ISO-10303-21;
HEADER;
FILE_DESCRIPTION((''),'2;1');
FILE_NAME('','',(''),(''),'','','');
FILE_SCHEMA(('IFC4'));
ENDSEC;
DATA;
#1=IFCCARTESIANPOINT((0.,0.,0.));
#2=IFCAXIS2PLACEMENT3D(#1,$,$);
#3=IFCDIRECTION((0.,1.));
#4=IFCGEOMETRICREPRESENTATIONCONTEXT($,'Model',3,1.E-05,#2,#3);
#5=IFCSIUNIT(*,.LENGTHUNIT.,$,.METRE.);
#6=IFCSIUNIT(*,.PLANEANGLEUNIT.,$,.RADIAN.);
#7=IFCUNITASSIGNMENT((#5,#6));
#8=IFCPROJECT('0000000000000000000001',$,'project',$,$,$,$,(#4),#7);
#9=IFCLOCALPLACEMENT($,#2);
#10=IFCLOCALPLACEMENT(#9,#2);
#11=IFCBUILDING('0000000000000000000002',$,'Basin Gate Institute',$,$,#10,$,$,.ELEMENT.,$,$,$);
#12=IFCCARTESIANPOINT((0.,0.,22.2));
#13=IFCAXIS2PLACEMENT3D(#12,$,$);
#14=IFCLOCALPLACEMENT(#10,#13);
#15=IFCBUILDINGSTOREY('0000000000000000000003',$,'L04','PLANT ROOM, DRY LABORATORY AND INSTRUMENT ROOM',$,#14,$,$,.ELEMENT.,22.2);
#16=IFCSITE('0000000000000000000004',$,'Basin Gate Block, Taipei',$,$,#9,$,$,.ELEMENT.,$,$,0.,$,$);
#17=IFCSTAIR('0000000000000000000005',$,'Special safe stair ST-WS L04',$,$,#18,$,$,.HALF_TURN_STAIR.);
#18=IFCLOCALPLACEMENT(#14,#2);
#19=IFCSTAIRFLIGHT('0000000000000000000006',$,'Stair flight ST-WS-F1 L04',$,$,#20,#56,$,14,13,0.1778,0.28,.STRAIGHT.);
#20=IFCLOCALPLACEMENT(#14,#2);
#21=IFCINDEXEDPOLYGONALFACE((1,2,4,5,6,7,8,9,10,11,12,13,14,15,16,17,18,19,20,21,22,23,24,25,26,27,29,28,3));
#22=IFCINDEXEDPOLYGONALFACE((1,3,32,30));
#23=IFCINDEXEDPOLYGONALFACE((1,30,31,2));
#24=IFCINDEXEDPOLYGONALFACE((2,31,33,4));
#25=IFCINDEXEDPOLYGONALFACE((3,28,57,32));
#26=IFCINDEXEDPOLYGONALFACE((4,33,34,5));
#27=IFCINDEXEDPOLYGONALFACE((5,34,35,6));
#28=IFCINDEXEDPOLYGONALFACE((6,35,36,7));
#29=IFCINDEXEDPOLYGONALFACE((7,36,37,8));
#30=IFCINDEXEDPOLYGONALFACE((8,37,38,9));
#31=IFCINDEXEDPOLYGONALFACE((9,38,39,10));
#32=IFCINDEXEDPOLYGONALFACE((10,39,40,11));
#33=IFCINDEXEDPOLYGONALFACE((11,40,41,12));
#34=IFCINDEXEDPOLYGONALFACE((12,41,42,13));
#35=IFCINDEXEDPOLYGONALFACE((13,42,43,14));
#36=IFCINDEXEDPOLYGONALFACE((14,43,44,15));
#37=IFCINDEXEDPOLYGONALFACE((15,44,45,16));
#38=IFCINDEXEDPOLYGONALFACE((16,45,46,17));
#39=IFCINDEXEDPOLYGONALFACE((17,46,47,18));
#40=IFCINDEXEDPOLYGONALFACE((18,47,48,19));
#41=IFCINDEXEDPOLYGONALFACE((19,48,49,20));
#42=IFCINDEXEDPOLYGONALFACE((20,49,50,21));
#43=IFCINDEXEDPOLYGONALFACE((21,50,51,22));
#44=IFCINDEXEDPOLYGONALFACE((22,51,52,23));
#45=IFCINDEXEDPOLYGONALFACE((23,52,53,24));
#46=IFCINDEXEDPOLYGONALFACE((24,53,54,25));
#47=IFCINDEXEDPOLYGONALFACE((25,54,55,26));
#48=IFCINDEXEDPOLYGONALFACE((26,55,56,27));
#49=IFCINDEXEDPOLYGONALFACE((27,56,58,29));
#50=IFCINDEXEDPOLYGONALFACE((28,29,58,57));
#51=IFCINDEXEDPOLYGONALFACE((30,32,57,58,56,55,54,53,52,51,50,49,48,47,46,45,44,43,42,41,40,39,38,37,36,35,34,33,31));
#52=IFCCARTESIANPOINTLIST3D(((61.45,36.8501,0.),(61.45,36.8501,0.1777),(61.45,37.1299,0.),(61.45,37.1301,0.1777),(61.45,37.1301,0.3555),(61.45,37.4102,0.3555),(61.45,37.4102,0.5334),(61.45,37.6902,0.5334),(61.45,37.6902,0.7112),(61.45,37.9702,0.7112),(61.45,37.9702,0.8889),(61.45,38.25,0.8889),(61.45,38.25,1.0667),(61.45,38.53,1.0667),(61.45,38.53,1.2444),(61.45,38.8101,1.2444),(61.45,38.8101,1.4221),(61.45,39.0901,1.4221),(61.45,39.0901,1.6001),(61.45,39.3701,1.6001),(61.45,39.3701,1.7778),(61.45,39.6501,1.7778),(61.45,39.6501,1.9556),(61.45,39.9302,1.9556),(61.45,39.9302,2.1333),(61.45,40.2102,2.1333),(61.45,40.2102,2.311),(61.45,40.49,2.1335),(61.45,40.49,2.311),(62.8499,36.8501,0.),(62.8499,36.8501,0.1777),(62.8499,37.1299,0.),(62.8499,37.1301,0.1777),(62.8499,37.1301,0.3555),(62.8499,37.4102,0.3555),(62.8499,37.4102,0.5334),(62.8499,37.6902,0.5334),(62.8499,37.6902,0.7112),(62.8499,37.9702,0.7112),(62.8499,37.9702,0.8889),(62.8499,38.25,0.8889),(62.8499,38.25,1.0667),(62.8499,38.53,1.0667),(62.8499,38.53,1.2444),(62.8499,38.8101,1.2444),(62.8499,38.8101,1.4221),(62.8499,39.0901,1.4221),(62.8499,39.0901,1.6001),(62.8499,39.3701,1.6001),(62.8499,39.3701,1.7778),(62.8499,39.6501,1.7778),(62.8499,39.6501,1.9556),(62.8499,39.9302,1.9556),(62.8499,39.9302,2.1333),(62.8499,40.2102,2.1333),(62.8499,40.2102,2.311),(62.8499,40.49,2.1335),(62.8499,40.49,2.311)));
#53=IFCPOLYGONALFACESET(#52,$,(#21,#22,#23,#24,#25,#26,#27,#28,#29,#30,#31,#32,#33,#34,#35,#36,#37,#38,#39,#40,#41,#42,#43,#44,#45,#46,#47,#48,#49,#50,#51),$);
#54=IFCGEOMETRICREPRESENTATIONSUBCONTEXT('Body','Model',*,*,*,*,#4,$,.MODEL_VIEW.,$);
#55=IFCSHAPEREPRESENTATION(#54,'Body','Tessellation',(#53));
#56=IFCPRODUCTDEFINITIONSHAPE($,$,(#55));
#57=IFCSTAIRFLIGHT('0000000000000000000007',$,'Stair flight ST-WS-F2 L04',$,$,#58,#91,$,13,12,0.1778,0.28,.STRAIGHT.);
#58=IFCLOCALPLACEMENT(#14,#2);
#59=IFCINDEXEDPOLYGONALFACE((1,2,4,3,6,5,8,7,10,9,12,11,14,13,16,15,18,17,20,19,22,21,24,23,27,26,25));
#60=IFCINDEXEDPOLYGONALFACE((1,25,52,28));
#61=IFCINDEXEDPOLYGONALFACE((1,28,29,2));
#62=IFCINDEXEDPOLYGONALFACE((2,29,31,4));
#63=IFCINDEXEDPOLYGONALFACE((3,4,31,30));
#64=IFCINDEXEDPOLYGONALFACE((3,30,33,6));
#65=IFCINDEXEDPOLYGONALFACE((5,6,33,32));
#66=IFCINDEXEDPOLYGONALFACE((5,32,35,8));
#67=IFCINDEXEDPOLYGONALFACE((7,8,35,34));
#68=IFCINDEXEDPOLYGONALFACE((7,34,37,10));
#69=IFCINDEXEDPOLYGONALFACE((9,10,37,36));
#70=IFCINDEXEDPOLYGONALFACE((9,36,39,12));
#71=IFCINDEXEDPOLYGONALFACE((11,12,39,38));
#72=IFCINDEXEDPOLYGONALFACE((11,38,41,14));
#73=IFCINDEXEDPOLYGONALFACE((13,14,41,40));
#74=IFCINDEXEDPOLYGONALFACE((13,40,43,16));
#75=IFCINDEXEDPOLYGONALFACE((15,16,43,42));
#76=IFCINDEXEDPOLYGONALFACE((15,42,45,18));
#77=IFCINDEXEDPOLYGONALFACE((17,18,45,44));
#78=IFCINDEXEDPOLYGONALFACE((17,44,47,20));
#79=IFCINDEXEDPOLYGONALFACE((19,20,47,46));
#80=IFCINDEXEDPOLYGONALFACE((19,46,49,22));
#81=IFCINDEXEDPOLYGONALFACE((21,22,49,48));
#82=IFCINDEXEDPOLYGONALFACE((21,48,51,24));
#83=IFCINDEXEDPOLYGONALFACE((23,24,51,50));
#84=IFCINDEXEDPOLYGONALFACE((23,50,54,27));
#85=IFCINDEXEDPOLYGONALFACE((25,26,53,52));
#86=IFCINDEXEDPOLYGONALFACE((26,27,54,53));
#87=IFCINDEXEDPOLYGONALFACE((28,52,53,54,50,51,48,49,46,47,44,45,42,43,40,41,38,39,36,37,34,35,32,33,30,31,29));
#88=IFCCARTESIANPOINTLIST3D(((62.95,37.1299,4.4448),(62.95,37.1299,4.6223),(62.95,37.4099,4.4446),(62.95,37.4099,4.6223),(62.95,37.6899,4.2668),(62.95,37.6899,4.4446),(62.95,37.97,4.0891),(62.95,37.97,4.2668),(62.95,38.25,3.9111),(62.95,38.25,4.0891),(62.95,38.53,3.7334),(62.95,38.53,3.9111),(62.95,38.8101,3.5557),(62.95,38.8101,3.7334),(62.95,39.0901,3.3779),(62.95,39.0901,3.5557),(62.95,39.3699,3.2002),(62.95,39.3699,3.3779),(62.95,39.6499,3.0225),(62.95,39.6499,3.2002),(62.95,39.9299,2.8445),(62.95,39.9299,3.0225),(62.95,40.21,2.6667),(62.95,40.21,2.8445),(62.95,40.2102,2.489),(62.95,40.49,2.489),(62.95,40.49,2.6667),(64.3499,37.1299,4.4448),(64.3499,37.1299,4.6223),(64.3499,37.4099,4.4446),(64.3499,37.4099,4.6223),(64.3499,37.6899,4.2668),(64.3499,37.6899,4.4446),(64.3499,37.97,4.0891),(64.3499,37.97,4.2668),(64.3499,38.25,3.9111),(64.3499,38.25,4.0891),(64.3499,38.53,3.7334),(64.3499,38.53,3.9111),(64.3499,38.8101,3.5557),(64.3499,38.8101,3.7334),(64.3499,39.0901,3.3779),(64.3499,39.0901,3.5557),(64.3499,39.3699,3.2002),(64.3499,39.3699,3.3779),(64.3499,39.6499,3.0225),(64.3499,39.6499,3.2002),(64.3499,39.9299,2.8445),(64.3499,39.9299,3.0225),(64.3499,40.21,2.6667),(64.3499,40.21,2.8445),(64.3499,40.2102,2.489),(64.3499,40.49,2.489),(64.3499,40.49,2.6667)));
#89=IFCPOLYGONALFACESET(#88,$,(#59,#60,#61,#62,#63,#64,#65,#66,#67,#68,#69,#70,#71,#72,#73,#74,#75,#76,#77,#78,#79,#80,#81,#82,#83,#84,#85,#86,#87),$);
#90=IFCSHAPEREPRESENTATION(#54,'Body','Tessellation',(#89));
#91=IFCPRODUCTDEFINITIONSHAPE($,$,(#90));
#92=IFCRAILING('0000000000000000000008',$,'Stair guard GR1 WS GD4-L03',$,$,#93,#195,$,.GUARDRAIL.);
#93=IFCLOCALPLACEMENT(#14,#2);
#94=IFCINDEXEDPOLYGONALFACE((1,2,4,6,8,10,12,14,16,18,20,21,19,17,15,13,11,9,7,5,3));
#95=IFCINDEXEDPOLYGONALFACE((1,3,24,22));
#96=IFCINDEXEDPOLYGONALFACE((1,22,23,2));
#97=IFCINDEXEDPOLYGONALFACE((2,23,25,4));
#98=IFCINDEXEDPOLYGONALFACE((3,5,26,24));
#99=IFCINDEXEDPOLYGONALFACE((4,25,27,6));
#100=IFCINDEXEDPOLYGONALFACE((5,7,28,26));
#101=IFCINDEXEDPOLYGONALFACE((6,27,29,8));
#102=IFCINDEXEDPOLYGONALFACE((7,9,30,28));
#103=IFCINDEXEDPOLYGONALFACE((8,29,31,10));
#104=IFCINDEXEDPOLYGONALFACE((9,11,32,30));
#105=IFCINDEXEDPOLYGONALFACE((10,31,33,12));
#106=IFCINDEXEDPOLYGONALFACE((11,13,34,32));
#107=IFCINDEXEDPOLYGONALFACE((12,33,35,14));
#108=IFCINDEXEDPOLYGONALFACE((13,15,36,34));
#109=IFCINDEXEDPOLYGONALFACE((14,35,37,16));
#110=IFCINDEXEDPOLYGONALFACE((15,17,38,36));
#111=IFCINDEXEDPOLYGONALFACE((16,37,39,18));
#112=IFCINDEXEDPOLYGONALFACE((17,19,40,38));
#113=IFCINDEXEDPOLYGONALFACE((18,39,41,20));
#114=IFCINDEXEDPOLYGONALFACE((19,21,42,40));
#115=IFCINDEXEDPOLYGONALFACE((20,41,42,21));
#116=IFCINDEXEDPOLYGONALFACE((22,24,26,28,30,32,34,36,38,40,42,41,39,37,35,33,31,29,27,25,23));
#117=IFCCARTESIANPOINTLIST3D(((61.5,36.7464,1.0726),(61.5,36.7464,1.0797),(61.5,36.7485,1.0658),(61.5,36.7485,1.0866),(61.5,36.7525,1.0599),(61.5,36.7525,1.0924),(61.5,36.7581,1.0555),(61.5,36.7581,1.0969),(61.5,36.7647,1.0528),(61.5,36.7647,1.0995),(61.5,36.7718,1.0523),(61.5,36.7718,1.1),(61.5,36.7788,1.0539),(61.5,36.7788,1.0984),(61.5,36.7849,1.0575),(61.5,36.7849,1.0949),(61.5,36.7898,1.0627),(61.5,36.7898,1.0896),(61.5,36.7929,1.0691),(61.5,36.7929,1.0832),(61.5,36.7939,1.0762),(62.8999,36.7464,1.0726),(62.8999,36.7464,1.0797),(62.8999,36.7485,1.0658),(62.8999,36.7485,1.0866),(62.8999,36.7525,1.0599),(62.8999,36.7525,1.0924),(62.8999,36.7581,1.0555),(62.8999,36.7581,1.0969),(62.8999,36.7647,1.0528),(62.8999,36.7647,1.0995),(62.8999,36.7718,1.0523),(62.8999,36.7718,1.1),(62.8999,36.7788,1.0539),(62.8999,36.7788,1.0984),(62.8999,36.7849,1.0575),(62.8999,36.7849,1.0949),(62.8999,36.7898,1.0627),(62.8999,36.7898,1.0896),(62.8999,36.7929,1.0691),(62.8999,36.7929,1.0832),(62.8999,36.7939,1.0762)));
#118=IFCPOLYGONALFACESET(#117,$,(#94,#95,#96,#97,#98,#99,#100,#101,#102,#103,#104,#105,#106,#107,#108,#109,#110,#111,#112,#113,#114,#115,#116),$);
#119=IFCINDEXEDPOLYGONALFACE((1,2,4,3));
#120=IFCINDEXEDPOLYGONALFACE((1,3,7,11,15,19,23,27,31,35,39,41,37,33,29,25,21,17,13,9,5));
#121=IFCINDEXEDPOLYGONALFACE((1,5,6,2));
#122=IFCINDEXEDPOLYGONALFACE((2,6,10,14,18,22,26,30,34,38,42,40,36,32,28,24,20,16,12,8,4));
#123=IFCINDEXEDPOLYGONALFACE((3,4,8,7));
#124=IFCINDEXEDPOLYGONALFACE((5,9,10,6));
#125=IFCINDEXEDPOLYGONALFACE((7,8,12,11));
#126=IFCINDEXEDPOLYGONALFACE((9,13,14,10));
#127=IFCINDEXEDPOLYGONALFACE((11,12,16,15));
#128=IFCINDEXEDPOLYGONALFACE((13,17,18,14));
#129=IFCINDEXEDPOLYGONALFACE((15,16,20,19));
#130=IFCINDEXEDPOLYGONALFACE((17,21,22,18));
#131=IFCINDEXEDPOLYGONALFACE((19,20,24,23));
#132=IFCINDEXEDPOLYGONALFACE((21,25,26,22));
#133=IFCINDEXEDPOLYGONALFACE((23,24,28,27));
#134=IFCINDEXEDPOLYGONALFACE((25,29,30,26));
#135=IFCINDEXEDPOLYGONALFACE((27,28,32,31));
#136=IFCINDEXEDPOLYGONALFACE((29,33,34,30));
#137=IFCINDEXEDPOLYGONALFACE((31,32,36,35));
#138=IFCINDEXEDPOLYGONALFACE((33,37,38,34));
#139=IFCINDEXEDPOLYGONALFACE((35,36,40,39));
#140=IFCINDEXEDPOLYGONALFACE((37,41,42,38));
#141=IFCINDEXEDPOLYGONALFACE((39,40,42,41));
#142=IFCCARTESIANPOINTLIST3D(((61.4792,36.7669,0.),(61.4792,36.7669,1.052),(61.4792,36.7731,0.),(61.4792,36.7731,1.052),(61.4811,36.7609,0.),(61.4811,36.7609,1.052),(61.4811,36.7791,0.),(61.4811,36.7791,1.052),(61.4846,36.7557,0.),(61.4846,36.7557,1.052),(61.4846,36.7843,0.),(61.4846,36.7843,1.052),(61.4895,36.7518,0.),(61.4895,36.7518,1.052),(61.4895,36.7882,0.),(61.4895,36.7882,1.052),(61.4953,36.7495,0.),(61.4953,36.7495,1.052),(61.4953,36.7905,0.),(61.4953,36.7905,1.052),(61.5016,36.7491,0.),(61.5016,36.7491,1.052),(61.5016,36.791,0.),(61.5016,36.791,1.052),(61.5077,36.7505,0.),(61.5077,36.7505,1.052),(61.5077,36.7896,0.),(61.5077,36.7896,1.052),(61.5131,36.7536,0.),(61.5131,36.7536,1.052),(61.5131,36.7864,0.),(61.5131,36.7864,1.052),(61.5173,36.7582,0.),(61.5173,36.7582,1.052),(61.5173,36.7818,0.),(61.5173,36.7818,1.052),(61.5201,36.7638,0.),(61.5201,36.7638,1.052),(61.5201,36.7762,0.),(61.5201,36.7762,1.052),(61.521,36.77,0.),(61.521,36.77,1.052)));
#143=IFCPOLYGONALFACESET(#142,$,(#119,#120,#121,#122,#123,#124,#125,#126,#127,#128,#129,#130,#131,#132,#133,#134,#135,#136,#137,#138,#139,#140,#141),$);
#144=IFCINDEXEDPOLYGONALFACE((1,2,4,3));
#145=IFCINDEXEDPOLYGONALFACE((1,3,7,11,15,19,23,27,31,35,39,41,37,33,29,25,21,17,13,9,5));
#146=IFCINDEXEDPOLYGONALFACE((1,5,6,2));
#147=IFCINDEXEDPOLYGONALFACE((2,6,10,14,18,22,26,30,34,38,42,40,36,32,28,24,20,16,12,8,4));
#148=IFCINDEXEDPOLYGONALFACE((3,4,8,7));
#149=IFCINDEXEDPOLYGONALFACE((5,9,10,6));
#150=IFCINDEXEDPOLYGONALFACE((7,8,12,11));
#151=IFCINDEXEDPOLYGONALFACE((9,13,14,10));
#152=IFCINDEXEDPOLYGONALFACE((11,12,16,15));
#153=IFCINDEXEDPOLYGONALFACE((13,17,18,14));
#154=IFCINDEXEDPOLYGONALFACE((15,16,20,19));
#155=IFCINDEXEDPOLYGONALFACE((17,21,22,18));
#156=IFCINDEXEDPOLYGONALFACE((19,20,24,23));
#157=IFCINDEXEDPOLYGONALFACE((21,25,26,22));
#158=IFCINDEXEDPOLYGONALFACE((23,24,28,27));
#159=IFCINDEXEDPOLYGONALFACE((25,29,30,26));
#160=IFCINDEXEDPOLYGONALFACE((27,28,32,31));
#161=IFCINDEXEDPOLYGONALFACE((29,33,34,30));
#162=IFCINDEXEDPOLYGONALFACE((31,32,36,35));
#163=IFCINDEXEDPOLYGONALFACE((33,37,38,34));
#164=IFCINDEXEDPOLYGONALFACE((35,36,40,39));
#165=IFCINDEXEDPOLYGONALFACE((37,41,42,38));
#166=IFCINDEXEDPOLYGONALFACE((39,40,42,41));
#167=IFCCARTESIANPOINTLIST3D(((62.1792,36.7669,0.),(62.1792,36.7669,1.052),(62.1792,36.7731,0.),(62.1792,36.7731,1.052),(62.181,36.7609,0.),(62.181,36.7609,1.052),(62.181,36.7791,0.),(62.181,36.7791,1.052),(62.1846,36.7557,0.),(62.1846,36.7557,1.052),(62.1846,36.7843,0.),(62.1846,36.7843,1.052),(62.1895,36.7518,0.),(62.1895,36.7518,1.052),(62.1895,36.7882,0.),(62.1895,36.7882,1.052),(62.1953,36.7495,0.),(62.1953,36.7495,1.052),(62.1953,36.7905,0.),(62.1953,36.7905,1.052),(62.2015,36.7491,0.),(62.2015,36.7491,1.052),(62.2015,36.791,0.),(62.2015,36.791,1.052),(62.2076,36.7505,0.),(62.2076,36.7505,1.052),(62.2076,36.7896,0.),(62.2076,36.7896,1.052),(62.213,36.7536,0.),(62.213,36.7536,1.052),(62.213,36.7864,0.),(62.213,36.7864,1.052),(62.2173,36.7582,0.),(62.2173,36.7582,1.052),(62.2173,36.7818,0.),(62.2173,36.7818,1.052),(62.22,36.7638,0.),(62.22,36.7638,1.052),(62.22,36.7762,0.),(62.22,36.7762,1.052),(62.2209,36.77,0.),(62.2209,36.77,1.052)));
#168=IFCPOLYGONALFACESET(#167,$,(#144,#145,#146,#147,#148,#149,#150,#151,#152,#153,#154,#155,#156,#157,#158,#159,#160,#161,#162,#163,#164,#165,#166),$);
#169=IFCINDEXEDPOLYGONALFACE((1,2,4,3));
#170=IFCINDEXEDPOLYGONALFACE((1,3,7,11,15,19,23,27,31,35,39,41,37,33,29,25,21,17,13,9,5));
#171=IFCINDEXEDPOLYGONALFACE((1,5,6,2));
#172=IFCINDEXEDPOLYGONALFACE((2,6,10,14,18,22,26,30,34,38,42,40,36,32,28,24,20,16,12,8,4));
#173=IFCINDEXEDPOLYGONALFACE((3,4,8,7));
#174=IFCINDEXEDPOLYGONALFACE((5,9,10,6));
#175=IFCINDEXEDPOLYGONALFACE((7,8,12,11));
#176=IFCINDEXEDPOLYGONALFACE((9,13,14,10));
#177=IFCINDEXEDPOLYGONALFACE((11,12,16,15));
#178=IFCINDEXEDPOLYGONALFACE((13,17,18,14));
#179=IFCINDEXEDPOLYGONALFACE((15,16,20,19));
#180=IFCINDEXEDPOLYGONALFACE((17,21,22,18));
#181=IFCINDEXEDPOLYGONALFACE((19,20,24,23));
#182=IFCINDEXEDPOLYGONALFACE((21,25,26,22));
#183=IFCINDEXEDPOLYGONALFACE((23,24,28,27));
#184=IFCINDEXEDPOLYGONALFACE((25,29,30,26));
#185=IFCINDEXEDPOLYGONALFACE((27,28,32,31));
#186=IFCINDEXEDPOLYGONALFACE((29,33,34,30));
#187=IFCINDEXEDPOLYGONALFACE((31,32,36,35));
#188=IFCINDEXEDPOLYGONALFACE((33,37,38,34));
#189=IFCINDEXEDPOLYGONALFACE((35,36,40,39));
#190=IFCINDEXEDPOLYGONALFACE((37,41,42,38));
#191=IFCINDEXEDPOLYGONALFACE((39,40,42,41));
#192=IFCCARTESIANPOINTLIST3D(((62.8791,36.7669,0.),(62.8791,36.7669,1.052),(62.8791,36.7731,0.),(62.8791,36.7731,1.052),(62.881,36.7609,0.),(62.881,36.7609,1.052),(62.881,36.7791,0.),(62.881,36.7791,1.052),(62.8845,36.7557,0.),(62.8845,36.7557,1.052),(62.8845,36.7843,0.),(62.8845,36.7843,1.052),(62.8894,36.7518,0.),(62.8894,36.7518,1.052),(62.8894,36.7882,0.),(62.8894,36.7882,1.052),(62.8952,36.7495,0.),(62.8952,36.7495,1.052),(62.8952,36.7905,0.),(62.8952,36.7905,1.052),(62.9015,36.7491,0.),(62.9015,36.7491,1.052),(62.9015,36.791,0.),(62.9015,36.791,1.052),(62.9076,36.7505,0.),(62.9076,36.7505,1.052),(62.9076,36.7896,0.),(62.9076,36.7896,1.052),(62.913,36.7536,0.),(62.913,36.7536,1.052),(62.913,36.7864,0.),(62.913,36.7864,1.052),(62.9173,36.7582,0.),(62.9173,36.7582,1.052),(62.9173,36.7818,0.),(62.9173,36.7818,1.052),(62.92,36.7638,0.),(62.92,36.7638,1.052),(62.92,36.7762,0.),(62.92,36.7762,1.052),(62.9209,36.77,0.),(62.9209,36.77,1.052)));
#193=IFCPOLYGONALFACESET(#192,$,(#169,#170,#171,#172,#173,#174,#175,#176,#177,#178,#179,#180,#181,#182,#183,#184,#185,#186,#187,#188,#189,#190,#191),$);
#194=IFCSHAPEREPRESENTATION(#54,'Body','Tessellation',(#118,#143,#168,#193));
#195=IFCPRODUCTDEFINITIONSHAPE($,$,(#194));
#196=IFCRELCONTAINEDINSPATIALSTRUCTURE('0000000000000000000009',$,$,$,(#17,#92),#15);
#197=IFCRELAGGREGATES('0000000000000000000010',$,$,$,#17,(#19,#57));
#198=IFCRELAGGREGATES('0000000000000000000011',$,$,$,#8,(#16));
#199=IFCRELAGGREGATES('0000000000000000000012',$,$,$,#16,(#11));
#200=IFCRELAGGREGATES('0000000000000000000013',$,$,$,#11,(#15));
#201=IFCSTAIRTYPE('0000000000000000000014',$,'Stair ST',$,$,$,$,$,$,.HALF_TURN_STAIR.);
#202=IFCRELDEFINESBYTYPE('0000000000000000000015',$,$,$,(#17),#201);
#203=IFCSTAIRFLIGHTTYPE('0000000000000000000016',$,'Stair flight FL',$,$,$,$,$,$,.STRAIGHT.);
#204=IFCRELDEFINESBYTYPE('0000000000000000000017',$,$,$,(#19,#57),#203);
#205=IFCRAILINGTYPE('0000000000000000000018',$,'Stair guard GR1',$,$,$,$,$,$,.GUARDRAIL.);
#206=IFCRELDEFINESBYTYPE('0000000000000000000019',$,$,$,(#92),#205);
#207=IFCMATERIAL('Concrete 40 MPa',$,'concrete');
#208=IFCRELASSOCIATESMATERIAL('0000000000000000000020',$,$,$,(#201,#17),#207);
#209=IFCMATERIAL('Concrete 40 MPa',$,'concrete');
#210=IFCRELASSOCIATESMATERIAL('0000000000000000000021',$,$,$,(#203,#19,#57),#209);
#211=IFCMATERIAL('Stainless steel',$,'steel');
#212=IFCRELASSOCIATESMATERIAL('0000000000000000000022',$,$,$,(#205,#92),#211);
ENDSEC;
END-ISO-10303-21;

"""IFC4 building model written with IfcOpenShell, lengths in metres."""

from ifc_helpers import new_model, si_unit, direction, frame, origin, origin_2d, place, context, subcontext, project, spatial, polyline, circle, outline, extrude, material, type_object, element, aggregate, save


model = new_model("IFC4")

# Units and contexts
model_context = context("Model", 3, precision=1e-05, world=origin(), true_north=direction((0.0, 1.0)))
body_context = subcontext(model_context, "Body", "Model", "MODEL_VIEW")
ifc_project = project(units=[si_unit("LENGTHUNIT", "METRE"), si_unit("PLANEANGLEUNIT", "RADIAN")], contexts=[model_context])

# Site, building, storey
site_placement = place(None, origin())
site = spatial("IfcSite", under=ifc_project, at=site_placement, Name="Basin Gate Block, Taipei", CompositionType="ELEMENT", RefElevation=0.0)
building_placement = place(site_placement, origin())
building = spatial("IfcBuilding", under=site, at=building_placement, Name="Basin Gate Institute", CompositionType="ELEMENT")
storey_placement = place(building_placement, frame((0.0, 0.0, 22.2)))
storey = spatial("IfcBuildingStorey", under=building, at=storey_placement, Name="L04", Description="PLANT ROOM, DRY LABORATORY AND INSTRUMENT ROOM", CompositionType="ELEMENT", Elevation=22.2)

# Stair, stair flights
ifc_material_1 = material(Name="Concrete 40 MPa", Category="concrete")
stair_type = type_object("IfcStairType", Name="Stair ST", PredefinedType="HALF_TURN_STAIR", material=ifc_material_1)
stair_placement = place(storey_placement, origin())
stair = element("IfcStair", 1, at=stair_placement, inside=storey, type_object=stair_type, material=ifc_material_1, Name="Special safe stair ST-WS L04", PredefinedType="HALF_TURN_STAIR")
ifc_material_2 = material(Name="Concrete 40 MPa", Category="concrete")
stair_flight_type = type_object("IfcStairFlightType", Name="Stair flight FL", PredefinedType="STRAIGHT", material=ifc_material_2)
stair_flight_1_placement = place(storey_placement, frame((62.1499, 36.8501, 0.0), z_axis=(0.0, 0.0, 1.0), x_axis=(0.0, 1.0, 0.0)))
stair_flight_1 = element("IfcStairFlight", 2, at=stair_flight_1_placement, type_object=stair_flight_type, material=ifc_material_2, Name="Stair flight ST-WS-F1 L04", NumberOfRisers=14, NumberOfTreads=13, PredefinedType="STRAIGHT", RiserHeight=0.1778, TreadLength=0.28, context=body_context, shape_type="SweptSolid", body=[
    extrude(outline(polyline([(0.0, 0.0), (0.0, 0.1777), (0.28, 0.1777), (0.28, 0.3555), (0.5601, 0.3555), (0.5601, 0.5334), (0.8401, 0.5334), (0.8401, 0.7112), (1.1201, 0.7112), (1.1201, 0.8889), (1.3999, 0.8889), (1.3999, 1.0667), (1.6799, 1.0667), (1.6799, 1.2444), (1.96, 1.2444), (1.96, 1.4221), (2.24, 1.4221), (2.24, 1.6001), (2.52, 1.6001), (2.52, 1.7778), (2.8, 1.7778), (2.8, 1.9556), (3.0801, 1.9556), (3.0801, 2.1333), (3.3601, 2.1333), (3.3601, 2.311), (3.6399, 2.311), (3.6399, 2.4888), (3.6399, 2.1335), (0.2798, 0.0), (0.0, 0.0)])), frame((0.0, 0.7, 0.0), z_axis=(0.0, -1.0, 0.0), x_axis=(1.0, 0.0, 0.0)), (0.0, 0.0, 1.0), 1.3999),
])
stair_flight_2_placement = place(storey_placement, frame((63.6499, 40.49, 2.489), z_axis=(0.0, 0.0, 1.0), x_axis=(0.0, -1.0, 0.0)))
stair_flight_2 = element("IfcStairFlight", 3, at=stair_flight_2_placement, type_object=stair_flight_type, material=ifc_material_2, Name="Stair flight ST-WS-F2 L04", NumberOfRisers=13, NumberOfTreads=12, PredefinedType="STRAIGHT", RiserHeight=0.1778, TreadLength=0.28, context=body_context, shape_type="SweptSolid", body=[
    extrude(outline(polyline([(0.0, 0.0), (0.0, 0.1777), (0.28, 0.1777), (0.28, 0.3555), (0.5601, 0.3555), (0.5601, 0.5334), (0.8401, 0.5334), (0.8401, 0.7112), (1.1201, 0.7112), (1.1201, 0.8889), (1.3999, 0.8889), (1.3999, 1.0667), (1.6799, 1.0667), (1.6799, 1.2444), (1.96, 1.2444), (1.96, 1.4221), (2.24, 1.4221), (2.24, 1.6001), (2.52, 1.6001), (2.52, 1.7778), (2.8, 1.7778), (2.8, 1.9556), (3.0801, 1.9556), (3.0801, 2.1333), (3.3601, 2.1333), (3.3601, 2.311), (3.3601, 1.9558), (0.2798, 0.0), (0.0, 0.0)])), frame((0.0, 0.7, 0.0), z_axis=(0.0, -1.0, 0.0), x_axis=(1.0, 0.0, 0.0)), (0.0, 0.0, 1.0), 1.3999),
])
aggregate(stair, [stair_flight_1, stair_flight_2])

# Railing
ifc_material_3 = material(Name="Stainless steel", Category="steel")
railing_type_1 = type_object("IfcRailingType", Name="Stair guard GR1", PredefinedType="GUARDRAIL", material=ifc_material_3)
railing_1_placement = place(storey_placement, frame((61.5, 36.77, 0.0)))
element("IfcRailing", 4, at=railing_1_placement, inside=storey, type_object=railing_type_1, material=ifc_material_3, Name="Stair guard GR1 WS GD4-L03", PredefinedType="GUARDRAIL", context=body_context, shape_type="SweptSolid", body=[
    extrude(circle(Radius=0.0239, at=origin_2d()), frame((0.0, 0.0, 1.0762), z_axis=(1.0, 0.0, 0.0), x_axis=(0.0, 1.0, 0.0)), (0.0, 0.0, 1.0), 1.3999),
    extrude(circle(Radius=0.021, at=origin_2d()), origin(), (0.0, 0.0, 1.0), 1.052),
    extrude(circle(Radius=0.021, at=origin_2d()), frame((0.7, 0.0, 0.0)), (0.0, 0.0, 1.0), 1.052),
    extrude(circle(Radius=0.021, at=origin_2d()), frame((1.3999, 0.0, 0.0)), (0.0, 0.0, 1.0), 1.052),
])

save(model, "model.ifc")
